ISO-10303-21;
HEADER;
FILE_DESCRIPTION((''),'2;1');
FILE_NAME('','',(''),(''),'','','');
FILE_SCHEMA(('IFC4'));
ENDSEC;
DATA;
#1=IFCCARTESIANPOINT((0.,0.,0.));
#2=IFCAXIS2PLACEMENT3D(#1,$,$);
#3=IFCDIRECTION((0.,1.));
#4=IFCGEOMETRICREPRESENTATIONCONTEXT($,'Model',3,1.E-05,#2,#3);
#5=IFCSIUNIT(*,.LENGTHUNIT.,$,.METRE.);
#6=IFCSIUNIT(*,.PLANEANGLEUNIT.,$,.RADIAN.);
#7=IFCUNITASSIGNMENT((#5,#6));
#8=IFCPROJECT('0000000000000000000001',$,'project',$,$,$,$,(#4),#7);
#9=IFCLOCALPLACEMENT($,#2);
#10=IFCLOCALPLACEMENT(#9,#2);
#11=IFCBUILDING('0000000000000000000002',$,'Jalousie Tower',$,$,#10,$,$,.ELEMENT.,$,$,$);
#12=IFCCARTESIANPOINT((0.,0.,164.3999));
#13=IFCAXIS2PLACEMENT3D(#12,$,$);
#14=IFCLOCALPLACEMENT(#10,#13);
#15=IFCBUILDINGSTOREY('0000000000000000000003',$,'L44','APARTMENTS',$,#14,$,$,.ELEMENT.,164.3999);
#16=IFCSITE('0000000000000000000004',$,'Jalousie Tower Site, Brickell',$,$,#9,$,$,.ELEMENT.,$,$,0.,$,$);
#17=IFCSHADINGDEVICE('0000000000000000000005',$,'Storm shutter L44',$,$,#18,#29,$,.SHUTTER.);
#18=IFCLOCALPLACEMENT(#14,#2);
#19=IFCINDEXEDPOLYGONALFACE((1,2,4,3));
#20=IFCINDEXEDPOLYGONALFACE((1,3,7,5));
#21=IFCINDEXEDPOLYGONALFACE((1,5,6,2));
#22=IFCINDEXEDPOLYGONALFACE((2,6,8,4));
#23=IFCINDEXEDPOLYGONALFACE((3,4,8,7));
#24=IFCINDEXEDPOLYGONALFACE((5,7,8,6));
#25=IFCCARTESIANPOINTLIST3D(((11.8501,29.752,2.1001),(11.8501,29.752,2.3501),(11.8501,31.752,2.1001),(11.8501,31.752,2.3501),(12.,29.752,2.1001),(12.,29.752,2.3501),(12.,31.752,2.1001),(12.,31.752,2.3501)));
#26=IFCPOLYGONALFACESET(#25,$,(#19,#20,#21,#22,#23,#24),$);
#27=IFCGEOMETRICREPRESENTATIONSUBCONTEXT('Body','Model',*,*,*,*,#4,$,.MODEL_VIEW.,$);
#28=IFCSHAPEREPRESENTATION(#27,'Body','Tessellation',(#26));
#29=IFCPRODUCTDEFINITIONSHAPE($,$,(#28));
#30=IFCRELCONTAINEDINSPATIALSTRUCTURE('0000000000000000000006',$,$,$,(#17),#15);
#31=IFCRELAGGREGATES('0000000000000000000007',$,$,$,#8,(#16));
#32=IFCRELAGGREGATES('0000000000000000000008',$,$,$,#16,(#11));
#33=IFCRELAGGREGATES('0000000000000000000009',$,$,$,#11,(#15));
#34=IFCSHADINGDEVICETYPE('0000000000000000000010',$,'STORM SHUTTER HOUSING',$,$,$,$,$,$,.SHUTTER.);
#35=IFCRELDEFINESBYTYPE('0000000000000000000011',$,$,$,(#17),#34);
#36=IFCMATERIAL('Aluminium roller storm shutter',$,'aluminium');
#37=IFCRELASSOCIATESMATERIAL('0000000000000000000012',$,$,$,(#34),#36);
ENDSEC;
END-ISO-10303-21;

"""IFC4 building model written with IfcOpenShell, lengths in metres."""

from ifc_helpers import new_model, si_unit, direction, frame, origin, origin_2d, place, context, subcontext, project, spatial, rectangle, extrude, material, type_object, element, save


model = new_model("IFC4")

# Units and contexts
model_context = context("Model", 3, precision=1e-05, world=origin(), true_north=direction((0.0, 1.0)))
body_context = subcontext(model_context, "Body", "Model", "MODEL_VIEW")
ifc_project = project(units=[si_unit("LENGTHUNIT", "METRE"), si_unit("PLANEANGLEUNIT", "RADIAN")], contexts=[model_context])

# Site, building, storey
site_placement = place(None, origin())
site = spatial("IfcSite", under=ifc_project, at=site_placement, Name="Jalousie Tower Site, Brickell", CompositionType="ELEMENT", RefElevation=0.0)
building_placement = place(site_placement, origin())
building = spatial("IfcBuilding", under=site, at=building_placement, Name="Jalousie Tower", CompositionType="ELEMENT")
storey_placement = place(building_placement, frame((0.0, 0.0, 164.3999)))
storey = spatial("IfcBuildingStorey", under=building, at=storey_placement, Name="L44", Description="APARTMENTS", CompositionType="ELEMENT", Elevation=164.3999)

# Shading device
ifc_material_1 = material(Name="Aluminium roller storm shutter", Category="aluminium")
shading_device_type = type_object("IfcShadingDeviceType", Name="STORM SHUTTER HOUSING", PredefinedType="SHUTTER", material=ifc_material_1)
shading_device_placement = place(storey_placement, frame((11.925, 30.752, 2.1001), z_axis=(0.0, 0.0, 1.0), x_axis=(0.0, -1.0, 0.0)))
element("IfcShadingDevice", 1, at=shading_device_placement, inside=storey, type_object=shading_device_type, Name="Storm shutter L44", PredefinedType="SHUTTER", context=body_context, shape_type="SweptSolid", body=[
    extrude(rectangle(XDim=2.0, YDim=0.1499, at=origin_2d()), origin(), (0.0, 0.0, 1.0), 0.25),
])

save(model, "model.ifc")
